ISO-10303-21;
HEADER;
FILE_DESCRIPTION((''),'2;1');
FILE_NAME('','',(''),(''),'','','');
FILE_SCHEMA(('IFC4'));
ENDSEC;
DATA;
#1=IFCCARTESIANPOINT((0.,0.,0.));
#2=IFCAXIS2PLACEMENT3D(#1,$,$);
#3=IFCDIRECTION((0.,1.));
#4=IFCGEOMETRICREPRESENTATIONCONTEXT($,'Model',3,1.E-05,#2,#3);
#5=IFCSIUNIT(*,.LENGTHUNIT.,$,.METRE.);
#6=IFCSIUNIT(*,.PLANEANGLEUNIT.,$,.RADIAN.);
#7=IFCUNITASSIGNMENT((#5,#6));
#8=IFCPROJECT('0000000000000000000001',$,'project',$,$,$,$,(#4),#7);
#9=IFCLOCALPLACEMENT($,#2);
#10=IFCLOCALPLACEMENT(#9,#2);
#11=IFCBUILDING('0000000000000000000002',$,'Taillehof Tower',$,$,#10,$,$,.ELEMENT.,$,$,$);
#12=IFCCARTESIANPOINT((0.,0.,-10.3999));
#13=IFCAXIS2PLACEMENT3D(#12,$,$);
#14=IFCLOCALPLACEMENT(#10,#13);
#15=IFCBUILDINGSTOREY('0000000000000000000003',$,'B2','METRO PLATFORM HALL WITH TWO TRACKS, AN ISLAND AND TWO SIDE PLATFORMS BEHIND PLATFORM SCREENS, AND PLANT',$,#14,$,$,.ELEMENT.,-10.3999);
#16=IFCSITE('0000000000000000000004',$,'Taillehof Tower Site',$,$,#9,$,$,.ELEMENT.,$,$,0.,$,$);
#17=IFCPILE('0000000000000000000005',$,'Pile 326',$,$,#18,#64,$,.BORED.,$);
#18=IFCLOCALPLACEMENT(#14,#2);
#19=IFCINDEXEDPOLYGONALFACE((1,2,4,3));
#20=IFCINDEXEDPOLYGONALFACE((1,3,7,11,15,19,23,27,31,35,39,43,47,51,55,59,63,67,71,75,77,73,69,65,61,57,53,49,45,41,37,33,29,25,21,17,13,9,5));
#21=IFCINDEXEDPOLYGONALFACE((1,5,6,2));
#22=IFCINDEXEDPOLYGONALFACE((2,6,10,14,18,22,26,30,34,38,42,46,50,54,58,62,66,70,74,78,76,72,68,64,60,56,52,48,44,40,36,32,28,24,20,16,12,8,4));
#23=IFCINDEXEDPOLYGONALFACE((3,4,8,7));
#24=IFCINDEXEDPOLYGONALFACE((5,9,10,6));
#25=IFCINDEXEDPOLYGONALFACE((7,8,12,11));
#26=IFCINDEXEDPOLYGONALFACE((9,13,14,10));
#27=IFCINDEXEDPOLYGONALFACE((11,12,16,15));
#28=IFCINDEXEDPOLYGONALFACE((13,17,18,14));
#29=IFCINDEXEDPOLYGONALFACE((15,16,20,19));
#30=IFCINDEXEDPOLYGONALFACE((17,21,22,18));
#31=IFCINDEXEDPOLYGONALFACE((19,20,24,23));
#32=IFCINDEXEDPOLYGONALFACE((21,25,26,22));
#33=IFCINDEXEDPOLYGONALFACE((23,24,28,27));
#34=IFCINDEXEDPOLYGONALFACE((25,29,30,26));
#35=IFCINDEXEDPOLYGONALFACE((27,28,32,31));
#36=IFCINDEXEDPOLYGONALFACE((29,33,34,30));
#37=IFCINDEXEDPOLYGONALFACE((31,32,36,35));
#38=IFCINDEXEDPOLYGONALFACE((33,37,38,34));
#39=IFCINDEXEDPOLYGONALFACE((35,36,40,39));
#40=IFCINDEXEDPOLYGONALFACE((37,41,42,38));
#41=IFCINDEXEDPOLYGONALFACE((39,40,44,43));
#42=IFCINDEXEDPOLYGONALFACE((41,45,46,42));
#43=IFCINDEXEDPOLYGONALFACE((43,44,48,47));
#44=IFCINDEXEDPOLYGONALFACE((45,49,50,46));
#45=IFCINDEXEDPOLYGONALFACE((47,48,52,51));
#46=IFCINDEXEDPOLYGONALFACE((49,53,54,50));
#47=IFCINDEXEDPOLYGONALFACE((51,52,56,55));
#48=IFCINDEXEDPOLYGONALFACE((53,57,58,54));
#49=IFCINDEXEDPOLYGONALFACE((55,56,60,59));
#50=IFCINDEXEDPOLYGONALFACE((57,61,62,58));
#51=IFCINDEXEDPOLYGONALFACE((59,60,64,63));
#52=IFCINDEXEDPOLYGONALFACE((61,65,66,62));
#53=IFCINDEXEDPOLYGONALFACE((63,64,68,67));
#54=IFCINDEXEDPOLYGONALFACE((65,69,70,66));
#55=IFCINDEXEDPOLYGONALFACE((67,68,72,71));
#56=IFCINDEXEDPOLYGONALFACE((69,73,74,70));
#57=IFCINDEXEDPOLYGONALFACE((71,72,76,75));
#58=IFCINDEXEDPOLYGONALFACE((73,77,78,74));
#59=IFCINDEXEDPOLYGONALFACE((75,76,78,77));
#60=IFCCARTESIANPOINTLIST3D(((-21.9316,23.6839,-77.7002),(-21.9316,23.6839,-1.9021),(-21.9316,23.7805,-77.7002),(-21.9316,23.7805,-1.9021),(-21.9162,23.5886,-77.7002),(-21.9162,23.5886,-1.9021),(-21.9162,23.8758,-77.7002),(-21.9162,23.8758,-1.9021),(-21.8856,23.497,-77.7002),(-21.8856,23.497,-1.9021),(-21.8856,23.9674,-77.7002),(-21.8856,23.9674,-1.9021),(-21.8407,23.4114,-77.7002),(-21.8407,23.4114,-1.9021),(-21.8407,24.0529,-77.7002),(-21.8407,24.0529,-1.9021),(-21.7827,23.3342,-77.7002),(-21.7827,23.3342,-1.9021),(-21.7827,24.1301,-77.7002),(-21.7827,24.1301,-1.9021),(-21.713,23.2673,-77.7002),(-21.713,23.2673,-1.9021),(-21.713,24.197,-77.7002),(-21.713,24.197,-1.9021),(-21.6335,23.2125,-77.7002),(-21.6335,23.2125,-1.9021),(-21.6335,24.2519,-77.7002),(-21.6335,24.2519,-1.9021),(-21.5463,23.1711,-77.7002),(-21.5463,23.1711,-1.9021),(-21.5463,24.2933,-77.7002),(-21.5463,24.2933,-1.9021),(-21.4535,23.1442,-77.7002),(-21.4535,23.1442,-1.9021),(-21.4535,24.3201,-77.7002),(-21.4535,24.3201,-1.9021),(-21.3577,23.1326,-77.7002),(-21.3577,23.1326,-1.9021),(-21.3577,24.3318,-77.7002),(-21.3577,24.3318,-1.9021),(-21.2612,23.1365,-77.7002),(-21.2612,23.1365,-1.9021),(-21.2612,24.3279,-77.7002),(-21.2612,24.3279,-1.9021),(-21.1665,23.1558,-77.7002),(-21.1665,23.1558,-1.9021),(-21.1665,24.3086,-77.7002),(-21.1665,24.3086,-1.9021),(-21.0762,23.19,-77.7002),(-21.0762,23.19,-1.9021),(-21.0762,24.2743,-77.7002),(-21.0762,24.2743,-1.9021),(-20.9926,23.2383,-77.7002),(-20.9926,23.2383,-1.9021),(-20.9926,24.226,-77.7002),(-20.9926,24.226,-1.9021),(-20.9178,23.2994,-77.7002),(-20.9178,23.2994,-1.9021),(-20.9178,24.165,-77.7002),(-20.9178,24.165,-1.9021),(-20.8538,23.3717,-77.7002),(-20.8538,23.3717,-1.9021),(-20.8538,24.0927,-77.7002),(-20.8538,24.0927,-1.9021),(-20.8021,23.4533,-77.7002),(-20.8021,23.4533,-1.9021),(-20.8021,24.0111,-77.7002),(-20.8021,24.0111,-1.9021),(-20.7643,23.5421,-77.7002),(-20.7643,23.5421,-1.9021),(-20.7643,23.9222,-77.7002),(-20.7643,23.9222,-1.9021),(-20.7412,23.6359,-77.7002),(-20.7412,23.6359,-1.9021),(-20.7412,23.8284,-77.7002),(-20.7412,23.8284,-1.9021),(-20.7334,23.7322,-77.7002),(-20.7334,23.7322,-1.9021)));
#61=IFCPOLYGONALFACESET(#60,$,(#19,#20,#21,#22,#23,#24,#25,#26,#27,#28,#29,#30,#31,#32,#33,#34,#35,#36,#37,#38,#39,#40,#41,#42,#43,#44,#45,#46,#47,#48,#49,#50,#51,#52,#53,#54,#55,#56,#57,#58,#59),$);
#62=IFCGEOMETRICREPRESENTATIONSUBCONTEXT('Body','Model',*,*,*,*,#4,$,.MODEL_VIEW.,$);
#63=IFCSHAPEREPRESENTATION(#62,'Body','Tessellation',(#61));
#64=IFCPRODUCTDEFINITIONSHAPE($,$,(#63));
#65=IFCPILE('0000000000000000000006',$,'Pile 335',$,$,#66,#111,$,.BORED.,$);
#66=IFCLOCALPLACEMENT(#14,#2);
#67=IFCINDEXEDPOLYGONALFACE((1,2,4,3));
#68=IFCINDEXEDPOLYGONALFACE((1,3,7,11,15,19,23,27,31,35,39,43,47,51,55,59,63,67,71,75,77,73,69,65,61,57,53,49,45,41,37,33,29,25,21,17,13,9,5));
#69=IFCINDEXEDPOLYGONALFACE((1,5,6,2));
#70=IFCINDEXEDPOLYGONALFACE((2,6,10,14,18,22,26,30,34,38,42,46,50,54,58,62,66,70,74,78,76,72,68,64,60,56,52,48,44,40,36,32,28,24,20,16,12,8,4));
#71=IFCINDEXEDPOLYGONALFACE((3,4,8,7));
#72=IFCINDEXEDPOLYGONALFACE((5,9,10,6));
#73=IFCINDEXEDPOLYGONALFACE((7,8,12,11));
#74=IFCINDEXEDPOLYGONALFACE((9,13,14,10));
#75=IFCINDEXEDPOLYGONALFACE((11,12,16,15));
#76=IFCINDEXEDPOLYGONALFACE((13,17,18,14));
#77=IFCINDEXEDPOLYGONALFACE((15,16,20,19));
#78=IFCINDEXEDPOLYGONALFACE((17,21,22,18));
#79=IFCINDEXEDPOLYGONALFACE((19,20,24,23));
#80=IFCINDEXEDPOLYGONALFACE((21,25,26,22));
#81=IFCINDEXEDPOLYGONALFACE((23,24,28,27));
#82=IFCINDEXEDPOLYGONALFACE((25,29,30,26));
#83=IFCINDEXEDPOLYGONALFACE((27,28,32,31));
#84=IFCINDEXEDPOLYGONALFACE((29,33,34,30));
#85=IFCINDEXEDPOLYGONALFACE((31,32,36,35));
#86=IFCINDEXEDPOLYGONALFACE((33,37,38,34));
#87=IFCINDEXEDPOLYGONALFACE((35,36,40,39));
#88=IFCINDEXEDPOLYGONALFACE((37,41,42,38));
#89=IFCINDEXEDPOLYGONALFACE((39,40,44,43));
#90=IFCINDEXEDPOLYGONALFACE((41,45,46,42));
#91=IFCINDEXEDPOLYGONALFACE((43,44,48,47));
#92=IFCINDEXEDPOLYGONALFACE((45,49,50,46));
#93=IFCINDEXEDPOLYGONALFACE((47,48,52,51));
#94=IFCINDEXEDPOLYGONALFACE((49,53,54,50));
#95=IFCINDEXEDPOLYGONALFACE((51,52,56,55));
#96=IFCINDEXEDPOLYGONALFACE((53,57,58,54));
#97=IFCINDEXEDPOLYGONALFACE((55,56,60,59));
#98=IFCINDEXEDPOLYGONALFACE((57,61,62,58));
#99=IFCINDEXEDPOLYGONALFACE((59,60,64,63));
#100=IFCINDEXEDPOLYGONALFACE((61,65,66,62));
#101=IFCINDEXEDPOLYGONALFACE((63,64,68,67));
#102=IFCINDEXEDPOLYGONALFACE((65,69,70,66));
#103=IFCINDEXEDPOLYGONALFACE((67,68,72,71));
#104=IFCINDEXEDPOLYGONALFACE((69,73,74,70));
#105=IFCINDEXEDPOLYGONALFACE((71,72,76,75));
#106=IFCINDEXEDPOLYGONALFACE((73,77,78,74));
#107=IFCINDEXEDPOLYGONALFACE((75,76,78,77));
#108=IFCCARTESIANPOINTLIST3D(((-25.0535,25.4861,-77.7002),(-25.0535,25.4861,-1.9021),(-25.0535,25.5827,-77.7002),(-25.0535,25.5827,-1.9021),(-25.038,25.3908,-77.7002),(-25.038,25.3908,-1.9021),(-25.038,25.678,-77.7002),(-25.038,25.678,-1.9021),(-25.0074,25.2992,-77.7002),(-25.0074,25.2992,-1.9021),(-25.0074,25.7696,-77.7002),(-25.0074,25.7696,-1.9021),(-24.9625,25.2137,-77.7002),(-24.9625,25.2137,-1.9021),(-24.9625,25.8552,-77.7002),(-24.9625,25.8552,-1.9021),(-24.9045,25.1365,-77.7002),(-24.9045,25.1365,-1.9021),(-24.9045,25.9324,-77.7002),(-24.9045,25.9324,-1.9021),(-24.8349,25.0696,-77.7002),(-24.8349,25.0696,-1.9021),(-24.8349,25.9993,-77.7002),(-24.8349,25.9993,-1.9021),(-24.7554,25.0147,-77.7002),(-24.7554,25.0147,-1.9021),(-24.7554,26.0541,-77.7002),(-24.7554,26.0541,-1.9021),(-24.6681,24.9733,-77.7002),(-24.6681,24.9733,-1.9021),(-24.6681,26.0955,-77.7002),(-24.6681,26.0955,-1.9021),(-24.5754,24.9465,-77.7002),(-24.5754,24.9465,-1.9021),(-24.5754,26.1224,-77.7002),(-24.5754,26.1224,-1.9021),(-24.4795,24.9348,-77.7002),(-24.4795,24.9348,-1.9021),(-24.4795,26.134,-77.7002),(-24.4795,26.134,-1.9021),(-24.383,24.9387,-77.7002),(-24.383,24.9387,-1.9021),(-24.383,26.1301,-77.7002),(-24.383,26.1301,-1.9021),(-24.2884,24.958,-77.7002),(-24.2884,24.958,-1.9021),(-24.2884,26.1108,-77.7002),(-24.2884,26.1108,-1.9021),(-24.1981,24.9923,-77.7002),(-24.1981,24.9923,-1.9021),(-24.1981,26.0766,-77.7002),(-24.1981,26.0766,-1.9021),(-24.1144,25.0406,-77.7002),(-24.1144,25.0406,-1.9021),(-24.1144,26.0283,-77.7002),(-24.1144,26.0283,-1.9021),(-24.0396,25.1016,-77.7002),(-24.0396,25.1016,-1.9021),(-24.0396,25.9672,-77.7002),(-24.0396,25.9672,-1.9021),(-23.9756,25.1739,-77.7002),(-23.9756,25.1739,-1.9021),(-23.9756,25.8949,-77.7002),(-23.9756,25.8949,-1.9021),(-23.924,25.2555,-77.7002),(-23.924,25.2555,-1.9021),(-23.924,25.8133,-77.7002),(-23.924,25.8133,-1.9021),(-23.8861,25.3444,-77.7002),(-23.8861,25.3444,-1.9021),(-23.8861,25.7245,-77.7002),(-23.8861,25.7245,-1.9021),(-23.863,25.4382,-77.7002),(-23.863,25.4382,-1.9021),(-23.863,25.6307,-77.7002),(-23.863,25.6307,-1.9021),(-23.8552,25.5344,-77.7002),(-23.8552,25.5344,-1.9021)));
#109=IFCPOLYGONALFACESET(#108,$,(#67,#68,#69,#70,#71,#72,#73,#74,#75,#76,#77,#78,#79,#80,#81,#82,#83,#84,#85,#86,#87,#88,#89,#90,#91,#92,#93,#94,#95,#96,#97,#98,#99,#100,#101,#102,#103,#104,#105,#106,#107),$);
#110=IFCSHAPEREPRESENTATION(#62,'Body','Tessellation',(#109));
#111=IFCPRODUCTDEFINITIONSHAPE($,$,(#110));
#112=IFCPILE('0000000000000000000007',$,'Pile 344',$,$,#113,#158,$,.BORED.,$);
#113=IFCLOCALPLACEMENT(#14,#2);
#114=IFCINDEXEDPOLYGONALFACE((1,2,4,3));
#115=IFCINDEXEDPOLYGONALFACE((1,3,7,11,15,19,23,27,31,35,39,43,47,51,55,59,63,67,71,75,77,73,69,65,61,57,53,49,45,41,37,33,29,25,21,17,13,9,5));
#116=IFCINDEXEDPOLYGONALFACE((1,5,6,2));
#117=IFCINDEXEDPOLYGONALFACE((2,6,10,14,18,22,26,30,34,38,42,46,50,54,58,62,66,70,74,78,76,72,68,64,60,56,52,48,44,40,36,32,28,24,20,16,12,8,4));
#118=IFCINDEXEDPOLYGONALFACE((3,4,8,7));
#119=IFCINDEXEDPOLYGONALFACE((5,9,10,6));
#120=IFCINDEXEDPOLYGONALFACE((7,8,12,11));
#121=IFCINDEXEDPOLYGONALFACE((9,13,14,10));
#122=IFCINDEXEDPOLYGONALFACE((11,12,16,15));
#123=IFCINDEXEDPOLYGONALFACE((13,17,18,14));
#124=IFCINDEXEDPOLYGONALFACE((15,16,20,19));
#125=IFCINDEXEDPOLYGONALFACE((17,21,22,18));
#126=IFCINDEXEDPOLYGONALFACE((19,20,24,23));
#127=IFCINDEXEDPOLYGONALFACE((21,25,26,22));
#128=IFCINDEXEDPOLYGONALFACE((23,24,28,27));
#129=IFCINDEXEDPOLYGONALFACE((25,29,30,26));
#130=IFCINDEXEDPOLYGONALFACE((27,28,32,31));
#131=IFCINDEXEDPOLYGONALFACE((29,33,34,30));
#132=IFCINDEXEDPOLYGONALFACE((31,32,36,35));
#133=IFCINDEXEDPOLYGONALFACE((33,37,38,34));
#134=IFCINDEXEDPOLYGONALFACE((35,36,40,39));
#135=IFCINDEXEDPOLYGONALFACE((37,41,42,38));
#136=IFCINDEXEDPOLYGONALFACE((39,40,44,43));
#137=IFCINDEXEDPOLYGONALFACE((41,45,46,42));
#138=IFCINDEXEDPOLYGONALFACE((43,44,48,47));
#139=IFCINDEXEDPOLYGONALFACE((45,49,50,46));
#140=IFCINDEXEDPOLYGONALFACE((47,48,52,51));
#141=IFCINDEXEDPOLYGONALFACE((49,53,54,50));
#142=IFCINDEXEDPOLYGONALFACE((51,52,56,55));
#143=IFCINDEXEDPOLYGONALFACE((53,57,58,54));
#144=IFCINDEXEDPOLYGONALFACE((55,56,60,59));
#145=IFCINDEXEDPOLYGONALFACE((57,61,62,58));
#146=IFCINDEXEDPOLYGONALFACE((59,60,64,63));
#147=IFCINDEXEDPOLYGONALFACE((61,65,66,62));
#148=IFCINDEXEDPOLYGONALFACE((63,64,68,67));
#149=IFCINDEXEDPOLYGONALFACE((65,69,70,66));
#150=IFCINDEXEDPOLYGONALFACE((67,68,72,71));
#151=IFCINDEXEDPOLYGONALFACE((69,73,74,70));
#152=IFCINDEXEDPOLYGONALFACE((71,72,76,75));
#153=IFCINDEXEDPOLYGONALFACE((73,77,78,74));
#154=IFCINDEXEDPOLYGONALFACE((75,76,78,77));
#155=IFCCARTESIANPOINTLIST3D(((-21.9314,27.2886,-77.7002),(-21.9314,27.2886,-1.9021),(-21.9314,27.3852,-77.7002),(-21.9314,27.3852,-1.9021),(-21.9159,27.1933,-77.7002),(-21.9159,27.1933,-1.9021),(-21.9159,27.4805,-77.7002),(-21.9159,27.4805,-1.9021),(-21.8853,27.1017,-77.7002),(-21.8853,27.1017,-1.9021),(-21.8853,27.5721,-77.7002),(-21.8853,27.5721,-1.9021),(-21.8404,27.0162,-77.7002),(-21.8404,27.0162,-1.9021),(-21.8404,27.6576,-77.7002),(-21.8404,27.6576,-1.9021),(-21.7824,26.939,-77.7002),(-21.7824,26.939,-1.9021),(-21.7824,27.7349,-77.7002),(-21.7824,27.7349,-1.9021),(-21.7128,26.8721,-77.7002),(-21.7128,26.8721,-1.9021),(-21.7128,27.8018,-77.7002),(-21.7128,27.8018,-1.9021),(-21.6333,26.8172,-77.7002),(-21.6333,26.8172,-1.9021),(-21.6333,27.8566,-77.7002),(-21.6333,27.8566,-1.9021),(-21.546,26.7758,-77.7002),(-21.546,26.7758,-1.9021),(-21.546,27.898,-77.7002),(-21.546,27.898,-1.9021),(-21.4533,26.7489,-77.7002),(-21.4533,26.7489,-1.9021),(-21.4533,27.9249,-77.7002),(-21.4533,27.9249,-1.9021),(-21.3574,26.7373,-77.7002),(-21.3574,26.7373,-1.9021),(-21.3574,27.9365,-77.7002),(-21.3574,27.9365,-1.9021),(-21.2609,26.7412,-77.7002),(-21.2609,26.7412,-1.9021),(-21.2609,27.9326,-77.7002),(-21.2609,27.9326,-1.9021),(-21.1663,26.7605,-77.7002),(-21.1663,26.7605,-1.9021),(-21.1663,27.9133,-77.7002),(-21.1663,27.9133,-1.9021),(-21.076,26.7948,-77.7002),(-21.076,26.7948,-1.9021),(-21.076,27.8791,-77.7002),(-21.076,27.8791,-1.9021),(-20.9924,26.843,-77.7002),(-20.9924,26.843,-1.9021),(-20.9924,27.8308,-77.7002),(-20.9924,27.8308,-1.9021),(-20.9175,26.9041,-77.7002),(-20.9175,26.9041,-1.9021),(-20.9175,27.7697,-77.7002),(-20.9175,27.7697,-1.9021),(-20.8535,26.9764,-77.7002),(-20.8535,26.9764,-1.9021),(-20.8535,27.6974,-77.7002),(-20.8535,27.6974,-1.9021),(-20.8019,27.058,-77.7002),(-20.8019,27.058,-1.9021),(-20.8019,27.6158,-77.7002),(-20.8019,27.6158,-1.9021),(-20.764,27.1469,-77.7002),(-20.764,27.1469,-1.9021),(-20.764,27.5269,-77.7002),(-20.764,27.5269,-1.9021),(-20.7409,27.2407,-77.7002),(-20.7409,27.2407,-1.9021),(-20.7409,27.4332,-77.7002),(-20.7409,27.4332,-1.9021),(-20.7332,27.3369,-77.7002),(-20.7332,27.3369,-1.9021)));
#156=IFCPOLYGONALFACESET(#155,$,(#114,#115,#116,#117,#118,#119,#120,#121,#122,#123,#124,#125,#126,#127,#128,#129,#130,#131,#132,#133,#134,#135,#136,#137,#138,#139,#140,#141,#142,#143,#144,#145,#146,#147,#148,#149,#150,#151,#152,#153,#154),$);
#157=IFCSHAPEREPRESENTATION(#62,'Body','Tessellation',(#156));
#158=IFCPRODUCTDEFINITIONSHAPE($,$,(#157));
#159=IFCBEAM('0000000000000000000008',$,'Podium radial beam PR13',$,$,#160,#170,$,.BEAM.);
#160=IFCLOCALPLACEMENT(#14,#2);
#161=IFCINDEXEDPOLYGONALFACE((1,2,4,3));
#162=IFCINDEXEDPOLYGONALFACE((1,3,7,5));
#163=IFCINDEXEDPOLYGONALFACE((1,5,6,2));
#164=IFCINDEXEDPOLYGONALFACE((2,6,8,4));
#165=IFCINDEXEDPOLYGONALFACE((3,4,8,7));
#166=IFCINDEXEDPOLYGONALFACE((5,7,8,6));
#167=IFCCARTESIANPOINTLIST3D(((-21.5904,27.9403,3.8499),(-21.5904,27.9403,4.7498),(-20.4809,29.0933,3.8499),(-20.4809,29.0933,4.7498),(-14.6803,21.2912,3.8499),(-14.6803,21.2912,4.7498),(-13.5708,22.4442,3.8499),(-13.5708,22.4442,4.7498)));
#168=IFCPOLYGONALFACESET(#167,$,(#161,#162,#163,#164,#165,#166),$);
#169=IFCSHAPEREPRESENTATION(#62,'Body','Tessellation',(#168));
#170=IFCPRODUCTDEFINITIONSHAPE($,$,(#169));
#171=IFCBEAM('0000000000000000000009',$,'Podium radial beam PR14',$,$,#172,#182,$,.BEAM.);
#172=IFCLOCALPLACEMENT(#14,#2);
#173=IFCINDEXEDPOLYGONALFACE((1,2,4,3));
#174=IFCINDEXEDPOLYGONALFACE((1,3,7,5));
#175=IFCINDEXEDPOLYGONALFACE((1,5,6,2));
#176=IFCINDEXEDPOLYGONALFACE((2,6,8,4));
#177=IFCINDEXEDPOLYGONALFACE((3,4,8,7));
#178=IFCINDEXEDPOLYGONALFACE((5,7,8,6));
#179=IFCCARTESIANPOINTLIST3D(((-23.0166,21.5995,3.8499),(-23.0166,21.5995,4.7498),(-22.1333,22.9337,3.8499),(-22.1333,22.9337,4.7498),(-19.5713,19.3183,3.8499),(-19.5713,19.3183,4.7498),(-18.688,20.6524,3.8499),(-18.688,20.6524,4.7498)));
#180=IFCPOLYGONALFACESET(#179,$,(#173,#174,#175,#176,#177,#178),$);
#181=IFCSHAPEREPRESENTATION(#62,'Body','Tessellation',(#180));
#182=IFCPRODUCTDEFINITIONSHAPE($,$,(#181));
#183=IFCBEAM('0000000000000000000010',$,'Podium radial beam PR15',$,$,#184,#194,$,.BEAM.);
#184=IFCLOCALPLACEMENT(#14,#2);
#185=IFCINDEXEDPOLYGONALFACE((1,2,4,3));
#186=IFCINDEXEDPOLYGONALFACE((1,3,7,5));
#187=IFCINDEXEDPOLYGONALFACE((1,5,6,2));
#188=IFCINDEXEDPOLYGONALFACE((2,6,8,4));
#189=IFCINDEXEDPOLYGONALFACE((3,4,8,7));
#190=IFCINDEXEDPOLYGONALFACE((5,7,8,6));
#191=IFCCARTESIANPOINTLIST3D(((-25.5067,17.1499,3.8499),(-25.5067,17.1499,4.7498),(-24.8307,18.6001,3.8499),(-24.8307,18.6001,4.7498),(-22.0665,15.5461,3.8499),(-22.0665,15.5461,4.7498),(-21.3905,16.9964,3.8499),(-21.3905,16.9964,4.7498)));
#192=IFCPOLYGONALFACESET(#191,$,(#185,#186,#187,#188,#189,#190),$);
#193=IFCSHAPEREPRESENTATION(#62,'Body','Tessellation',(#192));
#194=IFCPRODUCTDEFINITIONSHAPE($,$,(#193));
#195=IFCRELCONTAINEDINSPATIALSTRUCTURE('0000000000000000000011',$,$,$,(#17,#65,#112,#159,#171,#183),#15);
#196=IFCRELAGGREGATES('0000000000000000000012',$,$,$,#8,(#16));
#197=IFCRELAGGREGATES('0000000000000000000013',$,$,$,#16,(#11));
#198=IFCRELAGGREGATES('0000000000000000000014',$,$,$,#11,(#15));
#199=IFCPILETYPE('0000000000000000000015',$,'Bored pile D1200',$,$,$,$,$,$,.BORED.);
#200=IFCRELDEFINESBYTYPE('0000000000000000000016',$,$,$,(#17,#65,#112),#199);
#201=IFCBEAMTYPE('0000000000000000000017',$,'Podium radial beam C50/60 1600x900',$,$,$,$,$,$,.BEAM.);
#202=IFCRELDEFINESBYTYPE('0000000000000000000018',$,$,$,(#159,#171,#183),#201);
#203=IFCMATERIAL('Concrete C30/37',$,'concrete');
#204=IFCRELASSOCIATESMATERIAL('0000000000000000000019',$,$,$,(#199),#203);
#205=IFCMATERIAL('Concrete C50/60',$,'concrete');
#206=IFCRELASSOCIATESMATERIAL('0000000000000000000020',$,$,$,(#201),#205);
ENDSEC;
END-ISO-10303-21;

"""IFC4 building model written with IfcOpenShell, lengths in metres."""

from ifc_helpers import new_model, si_unit, direction, frame, origin, origin_2d, place, context, subcontext, project, spatial, rectangle, circle, extrude, material, material_profile, profile_set, type_object, element, save


model = new_model("IFC4")

# Units and contexts
model_context = context("Model", 3, precision=1e-05, world=origin(), true_north=direction((0.0, 1.0)))
body_context = subcontext(model_context, "Body", "Model", "MODEL_VIEW")
ifc_project = project(units=[si_unit("LENGTHUNIT", "METRE"), si_unit("PLANEANGLEUNIT", "RADIAN")], contexts=[model_context])

# Site, building, storey
site_placement = place(None, origin())
site = spatial("IfcSite", under=ifc_project, at=site_placement, Name="Taillehof Tower Site", CompositionType="ELEMENT", RefElevation=0.0)
building_placement = place(site_placement, origin())
building = spatial("IfcBuilding", under=site, at=building_placement, Name="Taillehof Tower", CompositionType="ELEMENT")
storey_placement = place(building_placement, frame((0.0, 0.0, -10.3999)))
storey = spatial("IfcBuildingStorey", under=building, at=storey_placement, Name="B2", Description="METRO PLATFORM HALL WITH TWO TRACKS, AN ISLAND AND TWO SIDE PLATFORMS BEHIND PLATFORM SCREENS, AND PLANT", CompositionType="ELEMENT", Elevation=-10.3999)

# Piles
ifc_material_1 = material(Name="Concrete C30/37", Category="concrete")
ifc_material_profile_1 = material_profile(ifc_material_1, circle(Radius=0.6001, at=origin_2d()), Name="BP D1200")
ifc_profile_set_1 = profile_set([ifc_material_profile_1], Name="Concrete C30/37")
pile_type = type_object("IfcPileType", Name="Bored pile D1200", PredefinedType="BORED", material=ifc_profile_set_1)
for number, where, z_axis, x_axis, name in (
    (1, (-21.3335, 23.7322, -1.9021), (0.0, 0.0, -1.0), (1.0, 0.0, 0.0), "Pile 326"),
    (2, (-24.4553, 25.5344, -1.9021), (0.0, 0.0, -1.0), (1.0, 0.0, 0.0), "Pile 335"),
    (3, (-21.3333, 27.3369, -1.9021), (0.0, 0.0, -1.0), (1.0, 0.0, 0.0), "Pile 344"),
):
    element("IfcPile", number, at=place(storey_placement, frame(where, z_axis=z_axis, x_axis=x_axis)), inside=storey, type_object=pile_type, Name=name, PredefinedType="BORED", context=body_context, shape_type="SweptSolid", body=[
        extrude(circle(Radius=0.6001, at=origin_2d()), origin(), (0.0, 0.0, 1.0), 75.7981),
    ])

# Beams
ifc_material_2 = material(Name="Concrete C50/60", Category="concrete")
ifc_material_profile_2 = material_profile(ifc_material_2, rectangle(XDim=1.6001, YDim=0.8999, at=origin_2d()), Name="RC 1600x900")
ifc_profile_set_2 = profile_set([ifc_material_profile_2], Name="Concrete C50/60")
beam_type_1 = type_object("IfcBeamType", Name="Podium radial beam C50/60 1600x900", PredefinedType="BEAM", material=ifc_profile_set_2)
beam_1_placement = place(storey_placement, frame((-21.0356, 28.5168, 4.2998), z_axis=(0.720584, -0.693368, 0.0), x_axis=(0.693368, 0.720584, 0.0)))
element("IfcBeam", 4, at=beam_1_placement, inside=storey, type_object=beam_type_1, Name="Podium radial beam PR13", PredefinedType="BEAM", context=body_context, shape_type="SweptSolid", body=[
    extrude(rectangle(XDim=1.6001, YDim=0.8999, at=origin_2d()), origin(), (0.0, 0.0, 1.0), 9.5896),
])
beam_2_placement = place(storey_placement, frame((-22.575, 22.2666, 4.2998), z_axis=(0.833791, -0.55208, 0.0), x_axis=(0.55208, 0.833791, 0.0)))
element("IfcBeam", 5, at=beam_2_placement, inside=storey, type_object=beam_type_1, Name="Podium radial beam PR14", PredefinedType="BEAM", context=body_context, shape_type="SweptSolid", body=[
    extrude(rectangle(XDim=1.6001, YDim=0.8999, at=origin_2d()), origin(), (0.0, 0.0, 1.0), 4.1321),
])
beam_3_placement = place(storey_placement, frame((-25.1687, 17.875, 4.2998), z_axis=(0.906351, -0.422526, 0.0), x_axis=(0.422526, 0.906351, 0.0)))
element("IfcBeam", 6, at=beam_3_placement, inside=storey, type_object=beam_type_1, Name="Podium radial beam PR15", PredefinedType="BEAM", context=body_context, shape_type="SweptSolid", body=[
    extrude(rectangle(XDim=1.6001, YDim=0.8999, at=origin_2d()), origin(), (0.0, 0.0, 1.0), 3.7957),
])

save(model, "model.ifc")
